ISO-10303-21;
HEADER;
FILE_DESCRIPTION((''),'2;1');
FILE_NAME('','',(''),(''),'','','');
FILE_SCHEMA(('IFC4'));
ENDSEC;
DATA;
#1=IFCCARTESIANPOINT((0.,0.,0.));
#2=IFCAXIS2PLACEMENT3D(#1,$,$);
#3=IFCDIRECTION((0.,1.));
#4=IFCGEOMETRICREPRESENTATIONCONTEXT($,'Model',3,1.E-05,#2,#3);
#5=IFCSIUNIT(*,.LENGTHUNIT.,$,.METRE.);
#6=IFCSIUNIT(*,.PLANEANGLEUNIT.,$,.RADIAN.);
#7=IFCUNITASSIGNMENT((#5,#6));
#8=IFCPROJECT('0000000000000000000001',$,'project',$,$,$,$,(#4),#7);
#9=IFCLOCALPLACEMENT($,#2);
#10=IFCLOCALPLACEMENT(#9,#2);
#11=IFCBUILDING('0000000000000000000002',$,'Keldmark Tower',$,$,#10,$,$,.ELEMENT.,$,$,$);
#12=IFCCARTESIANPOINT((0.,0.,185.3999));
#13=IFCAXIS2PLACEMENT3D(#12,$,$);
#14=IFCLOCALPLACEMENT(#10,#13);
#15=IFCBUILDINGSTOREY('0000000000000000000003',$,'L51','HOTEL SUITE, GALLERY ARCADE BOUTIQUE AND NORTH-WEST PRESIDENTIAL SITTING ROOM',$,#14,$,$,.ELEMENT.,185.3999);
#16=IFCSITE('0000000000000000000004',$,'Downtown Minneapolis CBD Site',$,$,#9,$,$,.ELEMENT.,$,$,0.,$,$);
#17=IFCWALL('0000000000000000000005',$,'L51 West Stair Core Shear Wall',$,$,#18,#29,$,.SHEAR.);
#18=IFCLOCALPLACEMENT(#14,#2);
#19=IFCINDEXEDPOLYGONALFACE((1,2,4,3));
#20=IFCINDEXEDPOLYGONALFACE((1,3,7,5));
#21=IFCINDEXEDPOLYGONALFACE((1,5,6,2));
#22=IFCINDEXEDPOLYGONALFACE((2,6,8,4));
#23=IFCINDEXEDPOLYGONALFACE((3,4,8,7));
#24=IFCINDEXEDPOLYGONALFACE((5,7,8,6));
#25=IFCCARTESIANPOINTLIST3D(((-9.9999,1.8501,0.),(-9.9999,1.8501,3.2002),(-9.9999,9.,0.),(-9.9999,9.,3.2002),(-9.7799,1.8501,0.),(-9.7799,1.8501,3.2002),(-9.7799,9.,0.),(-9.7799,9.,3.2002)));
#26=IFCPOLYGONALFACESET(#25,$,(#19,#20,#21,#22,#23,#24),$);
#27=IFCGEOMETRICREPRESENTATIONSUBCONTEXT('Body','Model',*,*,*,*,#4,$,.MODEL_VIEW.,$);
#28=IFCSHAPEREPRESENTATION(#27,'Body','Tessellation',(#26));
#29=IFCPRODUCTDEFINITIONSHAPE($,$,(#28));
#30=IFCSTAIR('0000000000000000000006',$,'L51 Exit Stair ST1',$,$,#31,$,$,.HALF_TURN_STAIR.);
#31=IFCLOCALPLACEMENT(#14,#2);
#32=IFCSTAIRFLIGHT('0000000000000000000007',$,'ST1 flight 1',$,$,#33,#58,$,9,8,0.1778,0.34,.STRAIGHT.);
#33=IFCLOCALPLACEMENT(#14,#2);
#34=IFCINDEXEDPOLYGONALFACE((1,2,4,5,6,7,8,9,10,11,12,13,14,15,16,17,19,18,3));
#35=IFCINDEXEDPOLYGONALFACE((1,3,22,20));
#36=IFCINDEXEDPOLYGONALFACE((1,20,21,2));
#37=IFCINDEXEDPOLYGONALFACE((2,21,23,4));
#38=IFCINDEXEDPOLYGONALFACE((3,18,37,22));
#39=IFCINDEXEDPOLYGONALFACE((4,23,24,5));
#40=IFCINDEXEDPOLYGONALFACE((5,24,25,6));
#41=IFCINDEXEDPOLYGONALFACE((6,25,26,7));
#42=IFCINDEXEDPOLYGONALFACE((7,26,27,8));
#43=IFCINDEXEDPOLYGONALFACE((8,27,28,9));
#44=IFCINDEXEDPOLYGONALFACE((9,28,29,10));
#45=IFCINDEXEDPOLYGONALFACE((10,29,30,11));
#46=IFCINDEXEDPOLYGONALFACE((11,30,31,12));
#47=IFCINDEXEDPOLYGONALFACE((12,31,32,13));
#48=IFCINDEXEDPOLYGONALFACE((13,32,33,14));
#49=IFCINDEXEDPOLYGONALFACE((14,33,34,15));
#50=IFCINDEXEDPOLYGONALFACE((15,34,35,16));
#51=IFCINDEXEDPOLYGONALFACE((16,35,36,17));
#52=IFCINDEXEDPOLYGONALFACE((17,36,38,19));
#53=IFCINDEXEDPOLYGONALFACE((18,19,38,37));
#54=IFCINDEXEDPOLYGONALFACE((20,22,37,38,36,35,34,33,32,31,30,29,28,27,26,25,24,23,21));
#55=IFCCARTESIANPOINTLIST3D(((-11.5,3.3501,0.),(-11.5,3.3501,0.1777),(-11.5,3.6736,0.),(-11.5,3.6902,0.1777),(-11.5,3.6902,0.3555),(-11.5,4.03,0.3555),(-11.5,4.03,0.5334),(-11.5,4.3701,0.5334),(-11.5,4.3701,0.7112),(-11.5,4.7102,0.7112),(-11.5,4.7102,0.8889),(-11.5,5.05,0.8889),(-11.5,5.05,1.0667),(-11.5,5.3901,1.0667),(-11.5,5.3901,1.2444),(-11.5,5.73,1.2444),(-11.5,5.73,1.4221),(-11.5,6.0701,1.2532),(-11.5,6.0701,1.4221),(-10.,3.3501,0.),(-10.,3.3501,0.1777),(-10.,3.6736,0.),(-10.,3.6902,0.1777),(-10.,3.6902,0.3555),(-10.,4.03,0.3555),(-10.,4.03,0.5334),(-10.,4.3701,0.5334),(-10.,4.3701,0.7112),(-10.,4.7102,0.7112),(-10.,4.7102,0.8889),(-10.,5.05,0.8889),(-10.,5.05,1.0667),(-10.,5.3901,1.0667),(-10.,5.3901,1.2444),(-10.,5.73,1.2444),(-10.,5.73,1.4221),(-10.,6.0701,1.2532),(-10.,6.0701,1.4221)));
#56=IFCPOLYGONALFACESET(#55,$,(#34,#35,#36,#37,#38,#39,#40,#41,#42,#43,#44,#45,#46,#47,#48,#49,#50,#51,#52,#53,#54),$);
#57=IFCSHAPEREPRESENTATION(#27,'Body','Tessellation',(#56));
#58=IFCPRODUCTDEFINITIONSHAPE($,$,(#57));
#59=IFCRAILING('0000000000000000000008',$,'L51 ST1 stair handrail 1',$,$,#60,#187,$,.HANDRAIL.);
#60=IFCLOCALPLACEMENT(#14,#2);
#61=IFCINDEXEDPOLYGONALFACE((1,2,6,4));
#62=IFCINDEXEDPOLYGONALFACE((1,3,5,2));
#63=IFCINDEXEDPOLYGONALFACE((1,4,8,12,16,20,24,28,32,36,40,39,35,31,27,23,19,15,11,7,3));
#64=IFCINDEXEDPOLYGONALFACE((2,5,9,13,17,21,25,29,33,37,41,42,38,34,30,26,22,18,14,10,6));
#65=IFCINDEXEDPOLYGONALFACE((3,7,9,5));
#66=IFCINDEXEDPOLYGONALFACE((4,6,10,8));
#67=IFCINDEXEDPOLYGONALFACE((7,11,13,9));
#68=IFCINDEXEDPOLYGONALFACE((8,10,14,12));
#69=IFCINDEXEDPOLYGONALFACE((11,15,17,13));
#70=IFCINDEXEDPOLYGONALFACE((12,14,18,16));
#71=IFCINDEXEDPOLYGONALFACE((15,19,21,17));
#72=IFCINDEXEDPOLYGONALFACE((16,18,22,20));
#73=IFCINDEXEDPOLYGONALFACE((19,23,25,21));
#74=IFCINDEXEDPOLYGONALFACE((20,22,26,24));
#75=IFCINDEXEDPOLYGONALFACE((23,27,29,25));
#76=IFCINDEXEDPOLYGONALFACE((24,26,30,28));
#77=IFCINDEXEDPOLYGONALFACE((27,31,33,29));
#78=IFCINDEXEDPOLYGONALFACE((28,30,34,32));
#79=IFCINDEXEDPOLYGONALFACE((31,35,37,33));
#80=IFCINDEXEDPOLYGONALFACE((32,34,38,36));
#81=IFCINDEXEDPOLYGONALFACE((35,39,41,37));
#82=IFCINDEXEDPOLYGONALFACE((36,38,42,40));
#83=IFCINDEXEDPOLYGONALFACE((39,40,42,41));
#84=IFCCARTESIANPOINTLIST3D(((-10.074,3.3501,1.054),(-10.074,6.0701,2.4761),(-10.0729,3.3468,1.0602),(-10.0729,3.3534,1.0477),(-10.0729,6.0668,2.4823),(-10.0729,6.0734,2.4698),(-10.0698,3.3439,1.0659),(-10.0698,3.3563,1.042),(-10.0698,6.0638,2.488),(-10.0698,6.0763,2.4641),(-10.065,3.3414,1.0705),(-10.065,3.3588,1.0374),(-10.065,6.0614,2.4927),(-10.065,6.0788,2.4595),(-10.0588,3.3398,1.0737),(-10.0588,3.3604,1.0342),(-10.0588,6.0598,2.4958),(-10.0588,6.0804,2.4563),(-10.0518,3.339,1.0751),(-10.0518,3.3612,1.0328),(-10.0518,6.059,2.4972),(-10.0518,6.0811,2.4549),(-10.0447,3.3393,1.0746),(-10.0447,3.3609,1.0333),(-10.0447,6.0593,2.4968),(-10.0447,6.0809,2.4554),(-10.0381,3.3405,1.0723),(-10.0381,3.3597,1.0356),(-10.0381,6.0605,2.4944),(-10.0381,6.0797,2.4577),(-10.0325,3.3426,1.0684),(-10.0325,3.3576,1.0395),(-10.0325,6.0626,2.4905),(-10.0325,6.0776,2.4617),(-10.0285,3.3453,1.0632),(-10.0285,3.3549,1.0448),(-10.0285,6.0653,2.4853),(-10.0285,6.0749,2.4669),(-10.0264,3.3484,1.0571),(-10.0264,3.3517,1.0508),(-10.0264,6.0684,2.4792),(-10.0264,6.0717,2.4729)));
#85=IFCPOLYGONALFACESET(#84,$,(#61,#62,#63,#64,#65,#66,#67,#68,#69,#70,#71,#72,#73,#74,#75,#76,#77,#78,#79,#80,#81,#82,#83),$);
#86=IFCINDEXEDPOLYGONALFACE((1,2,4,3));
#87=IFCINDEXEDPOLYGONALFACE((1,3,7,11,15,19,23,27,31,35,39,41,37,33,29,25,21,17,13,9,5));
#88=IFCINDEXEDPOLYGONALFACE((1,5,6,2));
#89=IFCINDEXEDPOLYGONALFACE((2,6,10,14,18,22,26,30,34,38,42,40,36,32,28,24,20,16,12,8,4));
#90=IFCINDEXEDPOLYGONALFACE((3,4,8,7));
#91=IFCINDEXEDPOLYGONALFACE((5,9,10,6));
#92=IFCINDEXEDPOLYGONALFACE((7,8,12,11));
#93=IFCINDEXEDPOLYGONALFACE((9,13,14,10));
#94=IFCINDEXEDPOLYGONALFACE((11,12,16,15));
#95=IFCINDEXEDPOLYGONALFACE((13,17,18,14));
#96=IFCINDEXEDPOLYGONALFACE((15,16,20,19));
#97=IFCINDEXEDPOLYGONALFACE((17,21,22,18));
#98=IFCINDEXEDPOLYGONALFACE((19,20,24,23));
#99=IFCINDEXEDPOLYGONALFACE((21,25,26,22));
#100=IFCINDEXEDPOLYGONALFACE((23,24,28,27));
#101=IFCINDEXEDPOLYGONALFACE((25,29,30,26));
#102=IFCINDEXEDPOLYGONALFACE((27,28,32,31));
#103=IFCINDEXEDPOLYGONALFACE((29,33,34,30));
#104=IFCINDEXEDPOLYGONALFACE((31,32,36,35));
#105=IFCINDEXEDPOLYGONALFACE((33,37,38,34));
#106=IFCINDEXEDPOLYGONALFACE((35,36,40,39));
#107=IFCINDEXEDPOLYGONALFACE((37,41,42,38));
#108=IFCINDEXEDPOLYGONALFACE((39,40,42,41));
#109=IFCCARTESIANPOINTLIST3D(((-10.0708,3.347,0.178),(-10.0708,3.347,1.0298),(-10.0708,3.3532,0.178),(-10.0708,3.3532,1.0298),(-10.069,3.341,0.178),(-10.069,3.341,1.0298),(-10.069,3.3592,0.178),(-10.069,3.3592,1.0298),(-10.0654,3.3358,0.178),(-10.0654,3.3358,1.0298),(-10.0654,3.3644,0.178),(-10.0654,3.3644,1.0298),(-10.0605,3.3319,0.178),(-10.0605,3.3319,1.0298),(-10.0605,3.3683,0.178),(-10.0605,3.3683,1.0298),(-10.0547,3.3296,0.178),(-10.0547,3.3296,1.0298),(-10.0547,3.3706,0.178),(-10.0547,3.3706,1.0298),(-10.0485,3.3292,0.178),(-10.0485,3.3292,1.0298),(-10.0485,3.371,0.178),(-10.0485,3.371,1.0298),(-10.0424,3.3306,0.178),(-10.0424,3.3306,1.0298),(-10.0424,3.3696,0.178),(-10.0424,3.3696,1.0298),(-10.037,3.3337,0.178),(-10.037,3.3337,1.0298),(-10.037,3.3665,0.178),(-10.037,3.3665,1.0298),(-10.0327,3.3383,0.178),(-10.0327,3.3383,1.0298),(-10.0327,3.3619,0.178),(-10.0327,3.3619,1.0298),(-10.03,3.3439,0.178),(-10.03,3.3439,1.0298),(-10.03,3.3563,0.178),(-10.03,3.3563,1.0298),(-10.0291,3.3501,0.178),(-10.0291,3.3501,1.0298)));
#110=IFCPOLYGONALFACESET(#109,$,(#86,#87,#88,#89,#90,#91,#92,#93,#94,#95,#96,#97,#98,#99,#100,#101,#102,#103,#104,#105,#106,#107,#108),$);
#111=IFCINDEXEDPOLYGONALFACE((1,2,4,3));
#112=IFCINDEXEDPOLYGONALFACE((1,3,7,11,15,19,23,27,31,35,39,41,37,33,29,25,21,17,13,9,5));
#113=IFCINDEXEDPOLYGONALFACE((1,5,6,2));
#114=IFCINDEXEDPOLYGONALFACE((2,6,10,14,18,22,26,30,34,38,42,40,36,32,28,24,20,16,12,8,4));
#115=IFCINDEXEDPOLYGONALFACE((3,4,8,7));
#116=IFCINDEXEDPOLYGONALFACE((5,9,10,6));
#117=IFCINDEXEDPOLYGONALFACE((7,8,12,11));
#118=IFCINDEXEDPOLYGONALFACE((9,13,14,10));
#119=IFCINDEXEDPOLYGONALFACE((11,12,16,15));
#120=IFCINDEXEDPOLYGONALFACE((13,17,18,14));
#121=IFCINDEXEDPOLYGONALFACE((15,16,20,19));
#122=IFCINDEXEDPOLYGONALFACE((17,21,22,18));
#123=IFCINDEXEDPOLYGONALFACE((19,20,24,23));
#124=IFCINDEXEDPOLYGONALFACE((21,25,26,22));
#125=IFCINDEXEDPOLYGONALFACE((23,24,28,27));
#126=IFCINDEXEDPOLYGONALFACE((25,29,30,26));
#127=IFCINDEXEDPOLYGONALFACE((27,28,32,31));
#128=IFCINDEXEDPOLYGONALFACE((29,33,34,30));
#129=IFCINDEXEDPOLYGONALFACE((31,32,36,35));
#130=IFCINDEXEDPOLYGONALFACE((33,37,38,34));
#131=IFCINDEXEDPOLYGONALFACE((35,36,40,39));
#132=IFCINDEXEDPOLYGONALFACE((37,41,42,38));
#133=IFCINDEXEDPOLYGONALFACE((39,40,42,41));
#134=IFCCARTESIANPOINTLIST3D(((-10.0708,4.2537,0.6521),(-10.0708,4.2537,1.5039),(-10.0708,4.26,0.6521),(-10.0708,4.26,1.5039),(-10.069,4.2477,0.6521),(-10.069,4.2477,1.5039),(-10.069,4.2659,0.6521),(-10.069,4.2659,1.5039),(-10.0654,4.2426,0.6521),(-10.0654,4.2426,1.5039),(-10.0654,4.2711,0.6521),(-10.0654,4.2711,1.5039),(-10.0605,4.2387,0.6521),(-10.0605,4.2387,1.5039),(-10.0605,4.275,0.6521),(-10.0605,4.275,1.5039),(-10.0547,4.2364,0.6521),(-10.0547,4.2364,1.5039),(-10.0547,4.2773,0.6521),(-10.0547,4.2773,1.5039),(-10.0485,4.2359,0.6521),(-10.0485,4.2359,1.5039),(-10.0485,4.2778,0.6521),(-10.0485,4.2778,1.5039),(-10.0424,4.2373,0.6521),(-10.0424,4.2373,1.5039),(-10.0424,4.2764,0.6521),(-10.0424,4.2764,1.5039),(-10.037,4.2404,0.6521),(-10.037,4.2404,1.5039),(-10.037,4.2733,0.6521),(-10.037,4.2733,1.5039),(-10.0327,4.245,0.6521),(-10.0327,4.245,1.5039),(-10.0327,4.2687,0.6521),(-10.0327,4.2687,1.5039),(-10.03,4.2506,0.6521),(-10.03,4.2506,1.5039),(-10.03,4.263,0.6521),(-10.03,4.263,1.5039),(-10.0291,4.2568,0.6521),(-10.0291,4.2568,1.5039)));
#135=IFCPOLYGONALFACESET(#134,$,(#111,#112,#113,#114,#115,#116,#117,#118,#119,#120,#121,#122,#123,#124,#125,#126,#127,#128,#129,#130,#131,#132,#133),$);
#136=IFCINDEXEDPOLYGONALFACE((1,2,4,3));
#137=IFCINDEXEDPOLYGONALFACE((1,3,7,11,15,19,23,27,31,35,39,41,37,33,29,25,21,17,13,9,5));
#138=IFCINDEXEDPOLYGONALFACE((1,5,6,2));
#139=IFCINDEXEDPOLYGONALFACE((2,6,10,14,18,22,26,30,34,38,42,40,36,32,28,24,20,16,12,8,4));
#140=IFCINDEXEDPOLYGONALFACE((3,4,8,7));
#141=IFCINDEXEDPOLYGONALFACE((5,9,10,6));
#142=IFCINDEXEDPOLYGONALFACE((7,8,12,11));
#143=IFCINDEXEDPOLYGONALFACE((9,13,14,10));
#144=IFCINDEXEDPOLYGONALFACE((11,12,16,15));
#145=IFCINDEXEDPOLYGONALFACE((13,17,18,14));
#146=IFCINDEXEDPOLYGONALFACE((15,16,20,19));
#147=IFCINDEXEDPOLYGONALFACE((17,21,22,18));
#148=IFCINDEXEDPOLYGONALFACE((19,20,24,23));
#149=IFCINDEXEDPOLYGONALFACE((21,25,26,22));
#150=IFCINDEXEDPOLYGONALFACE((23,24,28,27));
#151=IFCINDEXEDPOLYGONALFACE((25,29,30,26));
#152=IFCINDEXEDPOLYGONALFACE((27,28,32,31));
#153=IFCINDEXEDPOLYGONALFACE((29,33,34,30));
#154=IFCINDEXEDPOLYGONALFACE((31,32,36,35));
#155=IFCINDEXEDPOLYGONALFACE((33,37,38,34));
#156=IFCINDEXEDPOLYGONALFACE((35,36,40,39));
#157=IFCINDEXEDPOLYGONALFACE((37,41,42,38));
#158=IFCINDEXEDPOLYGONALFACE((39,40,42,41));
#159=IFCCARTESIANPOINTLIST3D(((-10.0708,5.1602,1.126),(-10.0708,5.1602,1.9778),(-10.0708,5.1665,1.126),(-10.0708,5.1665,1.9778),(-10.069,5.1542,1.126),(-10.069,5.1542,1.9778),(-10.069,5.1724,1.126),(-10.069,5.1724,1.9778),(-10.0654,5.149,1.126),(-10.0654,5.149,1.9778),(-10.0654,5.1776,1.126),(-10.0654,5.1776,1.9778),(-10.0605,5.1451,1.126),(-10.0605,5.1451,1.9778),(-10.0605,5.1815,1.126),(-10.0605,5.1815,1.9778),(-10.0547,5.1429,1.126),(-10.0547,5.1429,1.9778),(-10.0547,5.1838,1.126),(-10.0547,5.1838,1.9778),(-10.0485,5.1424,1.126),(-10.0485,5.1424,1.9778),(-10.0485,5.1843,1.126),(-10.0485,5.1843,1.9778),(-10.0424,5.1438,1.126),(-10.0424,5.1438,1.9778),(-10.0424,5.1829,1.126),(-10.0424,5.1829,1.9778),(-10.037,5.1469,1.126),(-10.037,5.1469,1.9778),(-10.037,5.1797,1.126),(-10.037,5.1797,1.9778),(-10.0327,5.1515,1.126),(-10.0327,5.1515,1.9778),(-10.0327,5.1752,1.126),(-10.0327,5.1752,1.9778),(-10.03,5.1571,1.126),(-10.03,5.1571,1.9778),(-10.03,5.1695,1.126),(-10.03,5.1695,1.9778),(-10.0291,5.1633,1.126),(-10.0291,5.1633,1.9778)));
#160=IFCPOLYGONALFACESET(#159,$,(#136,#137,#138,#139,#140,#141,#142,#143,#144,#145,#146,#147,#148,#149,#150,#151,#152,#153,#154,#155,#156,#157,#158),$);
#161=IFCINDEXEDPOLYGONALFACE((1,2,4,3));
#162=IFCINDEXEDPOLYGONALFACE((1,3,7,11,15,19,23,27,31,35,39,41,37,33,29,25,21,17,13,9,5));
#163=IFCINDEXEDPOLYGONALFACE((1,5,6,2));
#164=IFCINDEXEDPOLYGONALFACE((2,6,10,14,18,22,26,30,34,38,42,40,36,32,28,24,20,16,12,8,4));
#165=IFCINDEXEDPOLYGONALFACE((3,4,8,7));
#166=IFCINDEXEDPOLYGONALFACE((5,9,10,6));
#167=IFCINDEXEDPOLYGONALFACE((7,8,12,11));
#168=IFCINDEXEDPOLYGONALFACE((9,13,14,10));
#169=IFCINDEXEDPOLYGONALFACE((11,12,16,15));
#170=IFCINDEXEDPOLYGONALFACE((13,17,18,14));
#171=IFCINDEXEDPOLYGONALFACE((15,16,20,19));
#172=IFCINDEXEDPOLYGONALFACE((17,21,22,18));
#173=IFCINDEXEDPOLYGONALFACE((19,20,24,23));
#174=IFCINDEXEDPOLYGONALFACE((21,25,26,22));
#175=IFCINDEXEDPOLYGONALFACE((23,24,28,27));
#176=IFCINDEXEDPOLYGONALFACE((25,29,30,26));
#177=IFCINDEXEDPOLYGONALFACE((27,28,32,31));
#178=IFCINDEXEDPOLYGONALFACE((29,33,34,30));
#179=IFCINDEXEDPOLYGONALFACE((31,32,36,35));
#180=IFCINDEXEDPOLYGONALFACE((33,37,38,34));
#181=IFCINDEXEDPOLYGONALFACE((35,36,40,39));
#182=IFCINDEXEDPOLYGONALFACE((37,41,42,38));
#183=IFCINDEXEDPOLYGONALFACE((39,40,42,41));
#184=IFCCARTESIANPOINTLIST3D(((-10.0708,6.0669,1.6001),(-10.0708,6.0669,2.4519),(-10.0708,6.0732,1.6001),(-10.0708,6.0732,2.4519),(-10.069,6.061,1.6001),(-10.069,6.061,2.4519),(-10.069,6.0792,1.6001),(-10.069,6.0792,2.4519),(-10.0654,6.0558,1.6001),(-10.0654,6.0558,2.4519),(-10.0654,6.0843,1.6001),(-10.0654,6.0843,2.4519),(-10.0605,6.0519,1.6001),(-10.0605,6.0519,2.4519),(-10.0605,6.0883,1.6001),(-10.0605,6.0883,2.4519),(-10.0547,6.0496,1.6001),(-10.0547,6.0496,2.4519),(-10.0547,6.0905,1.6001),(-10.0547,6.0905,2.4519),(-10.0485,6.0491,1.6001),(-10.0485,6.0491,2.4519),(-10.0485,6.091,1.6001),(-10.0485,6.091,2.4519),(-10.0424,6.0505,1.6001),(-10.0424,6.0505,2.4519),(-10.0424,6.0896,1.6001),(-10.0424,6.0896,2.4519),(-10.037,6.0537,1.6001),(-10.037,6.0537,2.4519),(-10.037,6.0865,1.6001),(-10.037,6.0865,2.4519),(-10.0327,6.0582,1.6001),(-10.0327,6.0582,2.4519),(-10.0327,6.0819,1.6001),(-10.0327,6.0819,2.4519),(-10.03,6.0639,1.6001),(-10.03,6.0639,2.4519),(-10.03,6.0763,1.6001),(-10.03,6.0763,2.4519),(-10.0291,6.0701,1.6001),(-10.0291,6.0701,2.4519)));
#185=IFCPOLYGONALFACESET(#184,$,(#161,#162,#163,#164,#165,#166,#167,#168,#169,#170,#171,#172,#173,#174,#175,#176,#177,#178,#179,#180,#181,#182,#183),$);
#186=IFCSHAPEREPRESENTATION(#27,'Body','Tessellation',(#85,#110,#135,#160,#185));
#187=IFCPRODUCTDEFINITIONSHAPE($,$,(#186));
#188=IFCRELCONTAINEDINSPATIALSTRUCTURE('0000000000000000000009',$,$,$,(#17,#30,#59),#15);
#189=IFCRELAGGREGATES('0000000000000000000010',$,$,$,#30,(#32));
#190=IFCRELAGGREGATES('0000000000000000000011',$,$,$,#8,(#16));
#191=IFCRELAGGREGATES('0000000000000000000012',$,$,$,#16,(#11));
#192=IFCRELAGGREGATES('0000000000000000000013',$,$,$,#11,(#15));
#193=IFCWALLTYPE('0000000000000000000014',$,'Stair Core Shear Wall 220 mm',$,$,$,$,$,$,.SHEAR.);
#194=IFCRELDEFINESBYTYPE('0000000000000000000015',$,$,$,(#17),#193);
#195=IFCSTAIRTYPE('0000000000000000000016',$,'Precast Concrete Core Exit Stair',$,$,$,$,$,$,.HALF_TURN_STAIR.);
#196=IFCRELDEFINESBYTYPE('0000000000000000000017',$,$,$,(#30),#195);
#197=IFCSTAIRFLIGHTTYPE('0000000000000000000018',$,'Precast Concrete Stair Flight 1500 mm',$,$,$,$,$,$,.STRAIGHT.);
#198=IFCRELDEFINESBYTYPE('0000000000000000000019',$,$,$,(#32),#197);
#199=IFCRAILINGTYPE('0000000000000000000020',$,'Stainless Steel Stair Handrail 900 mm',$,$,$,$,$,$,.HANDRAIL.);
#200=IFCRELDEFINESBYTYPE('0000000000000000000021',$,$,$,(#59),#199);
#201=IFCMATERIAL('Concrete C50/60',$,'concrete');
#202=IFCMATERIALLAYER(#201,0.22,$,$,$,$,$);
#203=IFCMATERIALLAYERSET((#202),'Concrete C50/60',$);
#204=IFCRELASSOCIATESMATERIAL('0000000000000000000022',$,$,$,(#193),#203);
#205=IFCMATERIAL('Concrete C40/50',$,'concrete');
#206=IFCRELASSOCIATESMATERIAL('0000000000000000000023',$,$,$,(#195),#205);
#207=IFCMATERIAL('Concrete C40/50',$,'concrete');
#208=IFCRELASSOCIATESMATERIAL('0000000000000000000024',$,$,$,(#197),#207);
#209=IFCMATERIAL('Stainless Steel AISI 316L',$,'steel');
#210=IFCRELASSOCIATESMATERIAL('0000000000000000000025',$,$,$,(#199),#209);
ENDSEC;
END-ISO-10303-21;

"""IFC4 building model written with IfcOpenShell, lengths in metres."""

from ifc_helpers import new_model, si_unit, direction, frame, frame_2d, origin, origin_2d, place, context, subcontext, project, spatial, polyline, rectangle, circle, outline, extrude, material, layer, layer_set, type_object, element, aggregate, save


model = new_model("IFC4")

# Units and contexts
model_context = context("Model", 3, precision=1e-05, world=origin(), true_north=direction((0.0, 1.0)))
body_context = subcontext(model_context, "Body", "Model", "MODEL_VIEW")
ifc_project = project(units=[si_unit("LENGTHUNIT", "METRE"), si_unit("PLANEANGLEUNIT", "RADIAN")], contexts=[model_context])

# Site, building, storey
site_placement = place(None, origin())
site = spatial("IfcSite", under=ifc_project, at=site_placement, Name="Downtown Minneapolis CBD Site", CompositionType="ELEMENT", RefElevation=0.0)
building_placement = place(site_placement, origin())
building = spatial("IfcBuilding", under=site, at=building_placement, Name="Keldmark Tower", CompositionType="ELEMENT")
storey_placement = place(building_placement, frame((0.0, 0.0, 185.3999)))
storey = spatial("IfcBuildingStorey", under=building, at=storey_placement, Name="L51", Description="HOTEL SUITE, GALLERY ARCADE BOUTIQUE AND NORTH-WEST PRESIDENTIAL SITTING ROOM", CompositionType="ELEMENT", Elevation=185.3999)

# Wall
ifc_material_1 = material(Name="Concrete C50/60", Category="concrete")
ifc_layer_1 = layer(ifc_material_1, 0.22)
ifc_layer_set_1 = layer_set([ifc_layer_1], Name="Concrete C50/60")
wall_type_1 = type_object("IfcWallType", Name="Stair Core Shear Wall 220 mm", PredefinedType="SHEAR", material=ifc_layer_set_1)
wall_1_placement = place(storey_placement, frame((-9.8899, 1.8501, 0.0), z_axis=(0.0, 0.0, 1.0), x_axis=(0.0, 1.0, 0.0)))
element("IfcWall", 1, at=wall_1_placement, inside=storey, type_object=wall_type_1, Name="L51 West Stair Core Shear Wall", PredefinedType="SHEAR", context=body_context, shape_type="SweptSolid", body=[
    extrude(rectangle(XDim=7.1499, YDim=0.22, at=frame_2d((3.575, 0.0))), origin(), (0.0, 0.0, 1.0), 3.2002),
])

# Stair, stair flight
ifc_material_2 = material(Name="Concrete C40/50", Category="concrete")
stair_type = type_object("IfcStairType", Name="Precast Concrete Core Exit Stair", PredefinedType="HALF_TURN_STAIR", material=ifc_material_2)
stair_placement = place(storey_placement, origin())
stair = element("IfcStair", 2, at=stair_placement, inside=storey, type_object=stair_type, Name="L51 Exit Stair ST1", PredefinedType="HALF_TURN_STAIR")
ifc_material_3 = material(Name="Concrete C40/50", Category="concrete")
stair_flight_type = type_object("IfcStairFlightType", Name="Precast Concrete Stair Flight 1500 mm", PredefinedType="STRAIGHT", material=ifc_material_3)
stair_flight_placement = place(storey_placement, frame((-10.75, 3.3501, 0.0), z_axis=(0.0, 0.0, 1.0), x_axis=(0.0, 1.0, 0.0)))
stair_flight = element("IfcStairFlight", 3, at=stair_flight_placement, type_object=stair_flight_type, Name="ST1 flight 1", NumberOfRisers=9, NumberOfTreads=8, PredefinedType="STRAIGHT", RiserHeight=0.1778, TreadLength=0.34, context=body_context, shape_type="SweptSolid", body=[
    extrude(outline(polyline([(0.0, 0.0), (0.0, 0.1777), (0.3401, 0.1777), (0.3401, 0.3555), (0.6799, 0.3555), (0.6799, 0.5334), (1.02, 0.5334), (1.02, 0.7112), (1.3601, 0.7112), (1.3601, 0.8889), (1.7, 0.8889), (1.7, 1.0667), (2.04, 1.0667), (2.04, 1.2444), (2.3799, 1.2444), (2.3799, 1.4221), (2.72, 1.4221), (2.72, 1.6001), (2.72, 1.2532), (0.3235, 0.0), (0.0, 0.0)])), frame((0.0, 0.75, 0.0), z_axis=(0.0, -1.0, 0.0), x_axis=(1.0, 0.0, 0.0)), (0.0, 0.0, 1.0), 1.5),
])
aggregate(stair, [stair_flight])

# Railing
ifc_material_4 = material(Name="Stainless Steel AISI 316L", Category="steel")
railing_type = type_object("IfcRailingType", Name="Stainless Steel Stair Handrail 900 mm", PredefinedType="HANDRAIL", material=ifc_material_4)
railing_placement = place(storey_placement, frame((-10.05, 3.3501, 0.178)))
element("IfcRailing", 4, at=railing_placement, inside=storey, type_object=railing_type, Name="L51 ST1 stair handrail 1", PredefinedType="HANDRAIL", context=body_context, shape_type="SweptSolid", body=[
    extrude(circle(Radius=0.0239, at=origin_2d()), frame((0.0, 0.0, 0.876), z_axis=(0.0, 0.886183, 0.463335), x_axis=(-1.0, 0.0, 0.0)), (0.0, 0.0, 1.0), 3.0693),
    extrude(circle(Radius=0.021, at=origin_2d()), origin(), (0.0, 0.0, 1.0), 0.8518),
    extrude(circle(Radius=0.021, at=origin_2d()), frame((0.0, 0.9067, 0.4741)), (0.0, 0.0, 1.0), 0.8518),
    extrude(circle(Radius=0.021, at=origin_2d()), frame((0.0, 1.8132, 0.948)), (0.0, 0.0, 1.0), 0.8518),
    extrude(circle(Radius=0.021, at=origin_2d()), frame((0.0, 2.72, 1.4221)), (0.0, 0.0, 1.0), 0.8518),
])

save(model, "model.ifc")
